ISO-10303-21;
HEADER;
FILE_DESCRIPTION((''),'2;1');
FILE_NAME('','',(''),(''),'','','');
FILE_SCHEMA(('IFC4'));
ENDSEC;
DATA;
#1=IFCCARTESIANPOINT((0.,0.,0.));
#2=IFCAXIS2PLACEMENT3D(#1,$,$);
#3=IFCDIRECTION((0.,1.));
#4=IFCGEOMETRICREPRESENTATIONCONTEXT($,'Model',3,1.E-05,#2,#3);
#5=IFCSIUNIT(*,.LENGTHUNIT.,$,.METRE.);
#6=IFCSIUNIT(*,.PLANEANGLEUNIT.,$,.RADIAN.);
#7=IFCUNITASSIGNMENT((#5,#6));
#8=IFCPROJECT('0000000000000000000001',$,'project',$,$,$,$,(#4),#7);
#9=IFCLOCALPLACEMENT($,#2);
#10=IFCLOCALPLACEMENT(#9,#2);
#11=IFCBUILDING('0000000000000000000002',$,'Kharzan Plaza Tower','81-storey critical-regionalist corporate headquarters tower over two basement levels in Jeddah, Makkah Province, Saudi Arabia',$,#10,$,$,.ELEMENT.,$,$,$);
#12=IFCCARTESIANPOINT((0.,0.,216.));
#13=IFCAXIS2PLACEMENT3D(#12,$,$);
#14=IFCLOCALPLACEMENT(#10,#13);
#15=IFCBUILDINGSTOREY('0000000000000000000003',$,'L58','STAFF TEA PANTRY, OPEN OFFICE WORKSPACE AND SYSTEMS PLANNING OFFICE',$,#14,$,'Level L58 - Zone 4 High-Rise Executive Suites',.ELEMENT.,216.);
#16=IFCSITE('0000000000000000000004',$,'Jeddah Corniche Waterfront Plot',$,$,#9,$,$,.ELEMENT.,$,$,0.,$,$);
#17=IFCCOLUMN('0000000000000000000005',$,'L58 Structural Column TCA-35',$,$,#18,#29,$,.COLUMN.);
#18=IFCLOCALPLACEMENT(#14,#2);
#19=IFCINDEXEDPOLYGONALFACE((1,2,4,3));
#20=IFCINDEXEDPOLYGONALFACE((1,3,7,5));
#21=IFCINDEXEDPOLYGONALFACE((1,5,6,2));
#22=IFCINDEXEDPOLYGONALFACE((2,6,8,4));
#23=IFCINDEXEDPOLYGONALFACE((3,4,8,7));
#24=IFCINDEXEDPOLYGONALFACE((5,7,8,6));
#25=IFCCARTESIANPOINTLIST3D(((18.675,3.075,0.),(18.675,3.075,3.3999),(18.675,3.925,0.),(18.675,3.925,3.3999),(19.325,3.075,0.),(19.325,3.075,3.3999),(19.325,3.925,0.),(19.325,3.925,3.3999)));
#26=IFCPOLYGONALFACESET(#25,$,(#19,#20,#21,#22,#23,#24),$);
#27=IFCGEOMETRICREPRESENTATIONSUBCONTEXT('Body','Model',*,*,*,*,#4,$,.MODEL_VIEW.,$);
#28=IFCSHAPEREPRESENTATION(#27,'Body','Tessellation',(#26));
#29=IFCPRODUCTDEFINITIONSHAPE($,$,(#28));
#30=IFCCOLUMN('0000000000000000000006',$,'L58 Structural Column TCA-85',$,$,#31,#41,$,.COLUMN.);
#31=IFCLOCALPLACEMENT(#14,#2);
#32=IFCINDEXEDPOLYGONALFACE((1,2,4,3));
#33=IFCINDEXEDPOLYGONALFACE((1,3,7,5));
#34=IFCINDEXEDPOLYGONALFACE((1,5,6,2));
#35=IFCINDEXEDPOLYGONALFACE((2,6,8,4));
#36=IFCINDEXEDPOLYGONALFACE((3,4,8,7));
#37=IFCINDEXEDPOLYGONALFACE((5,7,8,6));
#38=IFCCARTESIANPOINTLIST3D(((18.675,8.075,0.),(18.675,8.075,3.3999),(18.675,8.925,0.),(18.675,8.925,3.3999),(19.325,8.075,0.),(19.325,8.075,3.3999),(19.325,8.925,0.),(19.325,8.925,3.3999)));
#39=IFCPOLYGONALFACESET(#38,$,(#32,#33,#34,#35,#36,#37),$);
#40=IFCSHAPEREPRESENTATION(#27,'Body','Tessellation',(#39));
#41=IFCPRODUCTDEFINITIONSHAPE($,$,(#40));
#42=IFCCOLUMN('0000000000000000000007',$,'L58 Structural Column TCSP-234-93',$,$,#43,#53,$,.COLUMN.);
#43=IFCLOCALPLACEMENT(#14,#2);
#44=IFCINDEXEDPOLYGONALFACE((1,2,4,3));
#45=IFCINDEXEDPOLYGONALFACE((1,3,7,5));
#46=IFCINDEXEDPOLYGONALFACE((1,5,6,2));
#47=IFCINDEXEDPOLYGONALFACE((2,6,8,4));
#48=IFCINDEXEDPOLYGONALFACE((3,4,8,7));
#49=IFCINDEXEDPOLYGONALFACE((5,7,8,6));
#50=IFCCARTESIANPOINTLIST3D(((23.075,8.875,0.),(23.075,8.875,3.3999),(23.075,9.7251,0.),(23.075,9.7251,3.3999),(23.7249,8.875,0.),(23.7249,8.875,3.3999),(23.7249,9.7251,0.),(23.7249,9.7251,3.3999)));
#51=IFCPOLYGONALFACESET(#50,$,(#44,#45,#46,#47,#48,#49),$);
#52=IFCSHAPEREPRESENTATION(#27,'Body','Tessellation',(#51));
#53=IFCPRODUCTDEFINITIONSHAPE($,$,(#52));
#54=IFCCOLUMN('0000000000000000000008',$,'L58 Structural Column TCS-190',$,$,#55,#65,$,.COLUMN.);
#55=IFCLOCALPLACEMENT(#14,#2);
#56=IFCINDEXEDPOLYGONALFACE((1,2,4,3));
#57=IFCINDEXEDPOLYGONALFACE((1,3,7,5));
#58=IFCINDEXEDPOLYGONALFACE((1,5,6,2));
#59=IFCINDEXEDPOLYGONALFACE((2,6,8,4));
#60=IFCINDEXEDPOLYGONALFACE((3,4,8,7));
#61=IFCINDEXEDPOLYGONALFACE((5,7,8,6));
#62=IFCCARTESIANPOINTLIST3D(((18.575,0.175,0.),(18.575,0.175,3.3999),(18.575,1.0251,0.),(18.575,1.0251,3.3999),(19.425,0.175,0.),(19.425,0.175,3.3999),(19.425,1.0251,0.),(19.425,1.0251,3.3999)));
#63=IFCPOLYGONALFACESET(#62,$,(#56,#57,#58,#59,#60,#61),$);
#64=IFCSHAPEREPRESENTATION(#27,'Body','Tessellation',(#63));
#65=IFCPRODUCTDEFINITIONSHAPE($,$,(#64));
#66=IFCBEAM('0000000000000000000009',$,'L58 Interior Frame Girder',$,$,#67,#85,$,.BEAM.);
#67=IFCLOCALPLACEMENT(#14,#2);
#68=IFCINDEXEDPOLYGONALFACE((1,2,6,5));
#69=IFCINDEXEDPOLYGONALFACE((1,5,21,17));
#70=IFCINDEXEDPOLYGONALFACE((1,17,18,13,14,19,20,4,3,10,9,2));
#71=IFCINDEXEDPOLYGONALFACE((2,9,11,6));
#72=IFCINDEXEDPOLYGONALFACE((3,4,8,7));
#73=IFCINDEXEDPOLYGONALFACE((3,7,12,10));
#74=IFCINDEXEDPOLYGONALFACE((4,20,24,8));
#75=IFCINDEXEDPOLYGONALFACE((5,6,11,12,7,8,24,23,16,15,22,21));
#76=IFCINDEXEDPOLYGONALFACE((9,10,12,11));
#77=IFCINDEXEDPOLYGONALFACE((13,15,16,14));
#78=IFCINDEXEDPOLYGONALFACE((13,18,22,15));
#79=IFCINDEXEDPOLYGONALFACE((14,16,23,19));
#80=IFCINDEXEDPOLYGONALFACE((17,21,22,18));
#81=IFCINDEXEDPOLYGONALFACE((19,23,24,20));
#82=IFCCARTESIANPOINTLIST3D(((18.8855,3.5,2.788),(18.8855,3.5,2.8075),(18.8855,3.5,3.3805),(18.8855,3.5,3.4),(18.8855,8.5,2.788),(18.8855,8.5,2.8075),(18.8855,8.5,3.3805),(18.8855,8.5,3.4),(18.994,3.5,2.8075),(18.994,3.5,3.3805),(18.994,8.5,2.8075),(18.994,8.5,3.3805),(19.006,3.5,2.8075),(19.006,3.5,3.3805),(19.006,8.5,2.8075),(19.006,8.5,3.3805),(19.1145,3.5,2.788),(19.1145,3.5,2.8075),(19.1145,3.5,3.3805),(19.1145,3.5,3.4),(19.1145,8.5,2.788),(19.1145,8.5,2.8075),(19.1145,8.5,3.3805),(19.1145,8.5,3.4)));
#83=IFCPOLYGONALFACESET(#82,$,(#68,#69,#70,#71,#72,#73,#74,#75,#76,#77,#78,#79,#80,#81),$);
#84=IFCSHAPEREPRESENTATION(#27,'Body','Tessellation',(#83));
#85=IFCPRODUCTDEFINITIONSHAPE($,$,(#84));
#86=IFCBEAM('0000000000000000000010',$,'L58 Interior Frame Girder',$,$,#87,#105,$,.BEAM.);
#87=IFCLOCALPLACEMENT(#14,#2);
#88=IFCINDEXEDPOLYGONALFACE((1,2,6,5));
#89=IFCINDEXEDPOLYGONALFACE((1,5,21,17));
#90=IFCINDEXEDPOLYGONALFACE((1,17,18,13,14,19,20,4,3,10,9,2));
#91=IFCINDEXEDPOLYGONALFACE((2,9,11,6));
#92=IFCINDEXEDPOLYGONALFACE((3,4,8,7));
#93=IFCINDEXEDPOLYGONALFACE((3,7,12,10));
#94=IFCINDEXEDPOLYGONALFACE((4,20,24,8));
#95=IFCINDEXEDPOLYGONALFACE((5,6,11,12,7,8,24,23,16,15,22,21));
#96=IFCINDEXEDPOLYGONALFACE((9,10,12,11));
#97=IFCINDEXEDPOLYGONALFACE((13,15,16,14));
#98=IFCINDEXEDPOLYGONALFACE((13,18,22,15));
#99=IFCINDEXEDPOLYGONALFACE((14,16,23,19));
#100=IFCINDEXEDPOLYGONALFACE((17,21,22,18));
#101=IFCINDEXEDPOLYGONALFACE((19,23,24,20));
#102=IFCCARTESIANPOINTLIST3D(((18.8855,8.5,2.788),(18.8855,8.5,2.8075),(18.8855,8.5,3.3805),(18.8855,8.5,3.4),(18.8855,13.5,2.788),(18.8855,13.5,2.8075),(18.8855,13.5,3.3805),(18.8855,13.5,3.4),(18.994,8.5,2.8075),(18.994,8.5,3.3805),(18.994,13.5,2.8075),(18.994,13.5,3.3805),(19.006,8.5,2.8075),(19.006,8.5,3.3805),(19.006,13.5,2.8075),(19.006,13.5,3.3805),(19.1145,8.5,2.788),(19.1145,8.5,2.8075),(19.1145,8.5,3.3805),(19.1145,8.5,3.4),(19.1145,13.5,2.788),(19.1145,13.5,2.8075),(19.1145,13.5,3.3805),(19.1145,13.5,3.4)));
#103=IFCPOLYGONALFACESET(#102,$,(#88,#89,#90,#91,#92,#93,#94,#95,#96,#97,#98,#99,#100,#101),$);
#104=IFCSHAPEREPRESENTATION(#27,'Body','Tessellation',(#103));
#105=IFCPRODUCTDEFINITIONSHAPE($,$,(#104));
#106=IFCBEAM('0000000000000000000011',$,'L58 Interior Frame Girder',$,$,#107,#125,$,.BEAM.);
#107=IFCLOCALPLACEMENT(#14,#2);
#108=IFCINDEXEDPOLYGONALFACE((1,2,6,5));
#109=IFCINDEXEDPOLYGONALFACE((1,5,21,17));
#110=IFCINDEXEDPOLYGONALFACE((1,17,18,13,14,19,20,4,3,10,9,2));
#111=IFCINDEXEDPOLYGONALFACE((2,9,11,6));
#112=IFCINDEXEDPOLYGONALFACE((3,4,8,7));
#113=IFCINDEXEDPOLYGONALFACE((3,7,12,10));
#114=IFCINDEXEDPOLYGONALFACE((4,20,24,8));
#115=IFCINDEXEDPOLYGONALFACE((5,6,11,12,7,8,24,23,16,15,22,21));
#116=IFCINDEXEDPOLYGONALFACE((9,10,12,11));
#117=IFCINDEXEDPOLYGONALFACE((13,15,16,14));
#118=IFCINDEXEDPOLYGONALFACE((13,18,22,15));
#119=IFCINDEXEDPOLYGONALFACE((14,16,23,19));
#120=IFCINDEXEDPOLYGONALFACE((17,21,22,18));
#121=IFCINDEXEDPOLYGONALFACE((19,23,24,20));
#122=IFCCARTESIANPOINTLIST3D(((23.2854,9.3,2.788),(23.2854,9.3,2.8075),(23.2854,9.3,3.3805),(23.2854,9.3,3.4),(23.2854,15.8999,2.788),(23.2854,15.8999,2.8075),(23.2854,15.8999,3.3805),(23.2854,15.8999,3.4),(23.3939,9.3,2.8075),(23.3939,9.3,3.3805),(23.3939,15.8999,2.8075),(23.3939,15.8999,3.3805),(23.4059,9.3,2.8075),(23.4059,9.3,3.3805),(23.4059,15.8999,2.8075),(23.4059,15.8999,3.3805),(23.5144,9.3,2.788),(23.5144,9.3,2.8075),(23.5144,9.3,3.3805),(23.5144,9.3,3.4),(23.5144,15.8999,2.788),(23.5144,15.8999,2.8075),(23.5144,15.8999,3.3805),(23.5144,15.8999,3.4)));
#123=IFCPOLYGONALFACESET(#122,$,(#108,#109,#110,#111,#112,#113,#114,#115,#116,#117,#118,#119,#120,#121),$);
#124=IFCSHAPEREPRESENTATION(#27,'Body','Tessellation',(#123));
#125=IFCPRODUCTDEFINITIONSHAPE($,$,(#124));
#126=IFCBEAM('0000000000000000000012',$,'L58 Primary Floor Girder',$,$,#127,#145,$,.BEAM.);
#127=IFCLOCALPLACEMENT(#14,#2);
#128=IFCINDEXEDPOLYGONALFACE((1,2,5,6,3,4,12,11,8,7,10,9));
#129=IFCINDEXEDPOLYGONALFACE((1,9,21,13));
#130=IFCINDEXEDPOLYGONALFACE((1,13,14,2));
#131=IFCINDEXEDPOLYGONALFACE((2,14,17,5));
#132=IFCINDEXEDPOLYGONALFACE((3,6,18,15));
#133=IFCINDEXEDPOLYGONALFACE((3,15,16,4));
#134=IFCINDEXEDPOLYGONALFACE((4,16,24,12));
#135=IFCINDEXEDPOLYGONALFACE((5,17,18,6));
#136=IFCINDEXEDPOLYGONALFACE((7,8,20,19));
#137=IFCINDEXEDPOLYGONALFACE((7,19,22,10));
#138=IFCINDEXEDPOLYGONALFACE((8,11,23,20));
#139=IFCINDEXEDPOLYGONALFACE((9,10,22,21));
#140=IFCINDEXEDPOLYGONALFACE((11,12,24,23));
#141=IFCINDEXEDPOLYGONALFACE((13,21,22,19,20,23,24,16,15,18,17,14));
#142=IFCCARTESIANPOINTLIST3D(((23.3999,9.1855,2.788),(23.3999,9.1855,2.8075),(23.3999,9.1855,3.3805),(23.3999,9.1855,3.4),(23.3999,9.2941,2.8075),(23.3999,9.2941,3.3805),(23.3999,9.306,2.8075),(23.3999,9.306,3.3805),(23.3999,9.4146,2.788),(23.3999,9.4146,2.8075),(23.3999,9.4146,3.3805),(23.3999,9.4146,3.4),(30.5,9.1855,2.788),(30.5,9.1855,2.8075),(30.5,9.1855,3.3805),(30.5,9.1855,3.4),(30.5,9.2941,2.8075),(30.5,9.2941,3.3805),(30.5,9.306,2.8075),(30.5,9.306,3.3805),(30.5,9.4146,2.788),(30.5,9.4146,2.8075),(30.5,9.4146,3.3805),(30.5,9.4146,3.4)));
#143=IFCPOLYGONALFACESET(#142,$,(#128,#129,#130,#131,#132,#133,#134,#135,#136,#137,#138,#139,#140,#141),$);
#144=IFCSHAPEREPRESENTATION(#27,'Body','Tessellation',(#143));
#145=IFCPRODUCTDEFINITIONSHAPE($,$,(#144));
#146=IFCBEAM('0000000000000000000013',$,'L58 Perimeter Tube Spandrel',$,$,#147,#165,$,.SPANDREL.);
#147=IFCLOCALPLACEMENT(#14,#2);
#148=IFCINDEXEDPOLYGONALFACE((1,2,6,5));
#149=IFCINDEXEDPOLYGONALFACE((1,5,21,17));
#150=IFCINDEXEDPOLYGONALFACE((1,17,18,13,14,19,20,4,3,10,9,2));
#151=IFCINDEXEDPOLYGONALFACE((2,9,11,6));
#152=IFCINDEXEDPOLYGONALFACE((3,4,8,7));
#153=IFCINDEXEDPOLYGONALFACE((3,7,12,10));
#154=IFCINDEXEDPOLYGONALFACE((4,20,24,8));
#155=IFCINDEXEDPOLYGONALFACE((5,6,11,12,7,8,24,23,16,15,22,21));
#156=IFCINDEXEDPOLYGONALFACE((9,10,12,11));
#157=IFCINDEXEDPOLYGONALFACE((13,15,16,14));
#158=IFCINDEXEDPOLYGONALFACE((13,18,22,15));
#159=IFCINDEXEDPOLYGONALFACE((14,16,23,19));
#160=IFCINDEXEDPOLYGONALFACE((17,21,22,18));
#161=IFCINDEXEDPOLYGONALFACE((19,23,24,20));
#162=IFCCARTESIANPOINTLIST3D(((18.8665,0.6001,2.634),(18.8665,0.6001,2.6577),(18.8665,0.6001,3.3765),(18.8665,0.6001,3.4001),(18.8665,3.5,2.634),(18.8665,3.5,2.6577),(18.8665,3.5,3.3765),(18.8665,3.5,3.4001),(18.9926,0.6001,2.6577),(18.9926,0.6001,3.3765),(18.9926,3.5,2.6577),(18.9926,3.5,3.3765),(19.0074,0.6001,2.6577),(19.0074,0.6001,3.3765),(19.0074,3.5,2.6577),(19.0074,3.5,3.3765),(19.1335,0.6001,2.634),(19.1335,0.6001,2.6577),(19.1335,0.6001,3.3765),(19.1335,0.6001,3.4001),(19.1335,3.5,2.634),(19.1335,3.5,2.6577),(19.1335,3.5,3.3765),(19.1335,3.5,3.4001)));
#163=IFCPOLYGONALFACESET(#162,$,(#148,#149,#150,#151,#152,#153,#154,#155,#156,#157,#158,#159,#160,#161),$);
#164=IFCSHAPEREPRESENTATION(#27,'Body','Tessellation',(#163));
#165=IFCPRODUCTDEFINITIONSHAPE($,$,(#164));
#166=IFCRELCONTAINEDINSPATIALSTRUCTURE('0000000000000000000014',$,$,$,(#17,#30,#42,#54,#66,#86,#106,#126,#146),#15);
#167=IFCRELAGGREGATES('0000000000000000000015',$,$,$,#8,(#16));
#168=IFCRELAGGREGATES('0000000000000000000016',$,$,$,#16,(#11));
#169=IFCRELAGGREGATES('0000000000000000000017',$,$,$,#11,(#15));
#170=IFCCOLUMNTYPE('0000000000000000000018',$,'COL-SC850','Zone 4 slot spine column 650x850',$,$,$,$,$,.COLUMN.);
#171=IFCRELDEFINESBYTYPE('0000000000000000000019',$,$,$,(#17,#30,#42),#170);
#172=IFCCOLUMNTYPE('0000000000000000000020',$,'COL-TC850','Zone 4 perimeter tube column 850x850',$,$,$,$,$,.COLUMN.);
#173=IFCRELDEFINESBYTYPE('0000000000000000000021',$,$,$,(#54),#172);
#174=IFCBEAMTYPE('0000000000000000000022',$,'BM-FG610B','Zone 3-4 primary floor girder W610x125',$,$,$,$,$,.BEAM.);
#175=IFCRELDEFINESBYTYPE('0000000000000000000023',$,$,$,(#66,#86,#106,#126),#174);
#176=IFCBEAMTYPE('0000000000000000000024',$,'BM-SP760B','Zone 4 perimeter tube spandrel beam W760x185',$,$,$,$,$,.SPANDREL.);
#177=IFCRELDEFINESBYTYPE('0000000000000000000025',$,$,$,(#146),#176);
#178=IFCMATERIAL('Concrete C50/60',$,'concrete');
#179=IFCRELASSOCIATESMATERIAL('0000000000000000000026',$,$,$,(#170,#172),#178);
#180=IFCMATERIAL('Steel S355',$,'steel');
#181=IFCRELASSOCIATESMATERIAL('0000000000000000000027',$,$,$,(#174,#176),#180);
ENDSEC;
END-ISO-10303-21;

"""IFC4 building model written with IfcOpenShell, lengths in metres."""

from ifc_helpers import new_model, si_unit, direction, frame, origin, origin_2d, place, context, subcontext, project, spatial, rectangle, i_section, extrude, source, transform, mapped, material, material_profile, profile_set, type_object, element, save


model = new_model("IFC4")

# Units and contexts
model_context = context("Model", 3, precision=1e-05, world=origin(), true_north=direction((0.0, 1.0)))
body_context = subcontext(model_context, "Body", "Model", "MODEL_VIEW")
ifc_project = project(units=[si_unit("LENGTHUNIT", "METRE"), si_unit("PLANEANGLEUNIT", "RADIAN")], contexts=[model_context])

# Site, building, storey
site_placement = place(None, origin())
site = spatial("IfcSite", under=ifc_project, at=site_placement, Name="Jeddah Corniche Waterfront Plot", CompositionType="ELEMENT", RefElevation=0.0)
building_placement = place(site_placement, origin())
building = spatial("IfcBuilding", under=site, at=building_placement, Name="Kharzan Plaza Tower", Description="81-storey critical-regionalist corporate headquarters tower over two basement levels in Jeddah, Makkah Province, Saudi Arabia", CompositionType="ELEMENT")
storey_placement = place(building_placement, frame((0.0, 0.0, 216.0)))
storey = spatial("IfcBuildingStorey", under=building, at=storey_placement, Name="L58", Description="STAFF TEA PANTRY, OPEN OFFICE WORKSPACE AND SYSTEMS PLANNING OFFICE", LongName="Level L58 - Zone 4 High-Rise Executive Suites", CompositionType="ELEMENT", Elevation=216.0)

# Columns
ifc_material_1 = material(Name="Concrete C50/60", Category="concrete")
ifc_material_profile_1 = material_profile(ifc_material_1, rectangle(XDim=0.6499, YDim=0.8501, at=origin_2d()), Name="RC-SC850x650")
ifc_profile_set_1 = profile_set([ifc_material_profile_1], Name="Concrete C50/60")
column_type_1 = type_object("IfcColumnType", Name="COL-SC850", Description="Zone 4 slot spine column 650x850", PredefinedType="COLUMN", material=ifc_profile_set_1)
shared_shape_1 = source(origin(), body_context, "Body", "SweptSolid", [
    extrude(rectangle(XDim=0.6499, YDim=0.8501, at=origin_2d()), origin(), (0.0, 0.0, 1.0), 3.3999),
])
for number, where, z_axis, x_axis, name in (
    (1, (19.0, 3.5, 0.0), (0.0, 0.0, 1.0), (1.0, 0.0, 0.0), "L58 Structural Column TCA-35"),
    (2, (19.0, 8.5, 0.0), (0.0, 0.0, 1.0), (1.0, 0.0, 0.0), "L58 Structural Column TCA-85"),
    (3, (23.3999, 9.3, 0.0), (0.0, 0.0, 1.0), (1.0, 0.0, 0.0), "L58 Structural Column TCSP-234-93"),
):
    element("IfcColumn", number, at=place(storey_placement, frame(where, z_axis=z_axis, x_axis=x_axis)), inside=storey, type_object=column_type_1, Name=name, PredefinedType="COLUMN", context=body_context, shape_type="MappedRepresentation", body=[
        mapped(shared_shape_1, transform((0.0, 0.0, 0.0), x_axis=(1.0, 0.0, 0.0), y_axis=(0.0, 1.0, 0.0), z_axis=(0.0, 0.0, 1.0))),
    ])
ifc_material_profile_2 = material_profile(ifc_material_1, rectangle(XDim=0.8501, YDim=0.8501, at=origin_2d()), Name="RC-TC850x850")
ifc_profile_set_2 = profile_set([ifc_material_profile_2], Name="Concrete C50/60")
column_type_2 = type_object("IfcColumnType", Name="COL-TC850", Description="Zone 4 perimeter tube column 850x850", PredefinedType="COLUMN", material=ifc_profile_set_2)
shared_shape_2 = source(origin(), body_context, "Body", "SweptSolid", [
    extrude(rectangle(XDim=0.8501, YDim=0.8501, at=origin_2d()), origin(), (0.0, 0.0, 1.0), 3.3999),
])
column_placement = place(storey_placement, frame((19.0, 0.6001, 0.0), z_axis=(0.0, 0.0, 1.0), x_axis=(1.0, 0.0, 0.0)))
element("IfcColumn", 4, at=column_placement, inside=storey, type_object=column_type_2, Name="L58 Structural Column TCS-190", PredefinedType="COLUMN", context=body_context, shape_type="MappedRepresentation", body=[
    mapped(shared_shape_2, transform((0.0, 0.0, 0.0), x_axis=(1.0, 0.0, 0.0), y_axis=(0.0, 1.0, 0.0), z_axis=(0.0, 0.0, 1.0))),
])

# Beams
ifc_material_2 = material(Name="Steel S355", Category="steel")
ifc_material_profile_3 = material_profile(ifc_material_2, i_section(OverallWidth=0.229, OverallDepth=0.6121, WebThickness=0.012, FlangeThickness=0.0195, at=origin_2d()), Name="W610x125")
ifc_profile_set_3 = profile_set([ifc_material_profile_3], Name="Steel S355")
beam_type_1 = type_object("IfcBeamType", Name="BM-FG610B", Description="Zone 3-4 primary floor girder W610x125", PredefinedType="BEAM", material=ifc_profile_set_3)
shared_shape_3 = source(origin(), body_context, "Body", "SweptSolid", [
    extrude(i_section(OverallWidth=0.229, OverallDepth=0.6121, WebThickness=0.012, FlangeThickness=0.0195, at=origin_2d()), origin(), (0.0, 0.0, 1.0), 5.0),
])
for number, where, z_axis, x_axis, name in (
    (5, (19.0, 3.5, 3.094), (0.0, 1.0, 0.0), (-1.0, 0.0, 0.0), "L58 Interior Frame Girder"),
    (6, (19.0, 8.5, 3.094), (0.0, 1.0, 0.0), (-1.0, 0.0, 0.0), "L58 Interior Frame Girder"),
):
    element("IfcBeam", number, at=place(storey_placement, frame(where, z_axis=z_axis, x_axis=x_axis)), inside=storey, type_object=beam_type_1, Name=name, PredefinedType="BEAM", context=body_context, shape_type="MappedRepresentation", body=[
        mapped(shared_shape_3, transform((0.0, 0.0, 0.0), x_axis=(1.0, 0.0, 0.0), y_axis=(0.0, 1.0, 0.0), z_axis=(0.0, 0.0, 1.0))),
    ])
shared_shape_4 = source(origin(), body_context, "Body", "SweptSolid", [
    extrude(i_section(OverallWidth=0.229, OverallDepth=0.6121, WebThickness=0.012, FlangeThickness=0.0195, at=origin_2d()), origin(), (0.0, 0.0, 1.0), 6.5999),
])
beam_1_placement = place(storey_placement, frame((23.3999, 9.3, 3.094), z_axis=(0.0, 1.0, 0.0), x_axis=(-1.0, 0.0, 0.0)))
element("IfcBeam", 7, at=beam_1_placement, inside=storey, type_object=beam_type_1, Name="L58 Interior Frame Girder", PredefinedType="BEAM", context=body_context, shape_type="MappedRepresentation", body=[
    mapped(shared_shape_4, transform((0.0, 0.0, 0.0), x_axis=(1.0, 0.0, 0.0), y_axis=(0.0, 1.0, 0.0), z_axis=(0.0, 0.0, 1.0))),
])
shared_shape_5 = source(origin(), body_context, "Body", "SweptSolid", [
    extrude(i_section(OverallWidth=0.229, OverallDepth=0.6121, WebThickness=0.012, FlangeThickness=0.0195, at=origin_2d()), origin(), (0.0, 0.0, 1.0), 7.1001),
])
beam_2_placement = place(storey_placement, frame((23.3999, 9.3, 3.094), z_axis=(1.0, 0.0, 0.0), x_axis=(0.0, 1.0, 0.0)))
element("IfcBeam", 8, at=beam_2_placement, inside=storey, type_object=beam_type_1, Name="L58 Primary Floor Girder", PredefinedType="BEAM", context=body_context, shape_type="MappedRepresentation", body=[
    mapped(shared_shape_5, transform((0.0, 0.0, 0.0), x_axis=(1.0, 0.0, 0.0), y_axis=(0.0, 1.0, 0.0), z_axis=(0.0, 0.0, 1.0))),
])
ifc_material_profile_4 = material_profile(ifc_material_2, i_section(OverallWidth=0.2671, OverallDepth=0.7661, WebThickness=0.0149, FlangeThickness=0.0237, at=origin_2d()), Name="W760x185")
ifc_profile_set_4 = profile_set([ifc_material_profile_4], Name="Steel S355")
beam_type_2 = type_object("IfcBeamType", Name="BM-SP760B", Description="Zone 4 perimeter tube spandrel beam W760x185", PredefinedType="SPANDREL", material=ifc_profile_set_4)
shared_shape_6 = source(origin(), body_context, "Body", "SweptSolid", [
    extrude(i_section(OverallWidth=0.2671, OverallDepth=0.7661, WebThickness=0.0149, FlangeThickness=0.0237, at=origin_2d()), origin(), (0.0, 0.0, 1.0), 2.8999),
])
beam_3_placement = place(storey_placement, frame((19.0, 0.6001, 3.0171), z_axis=(0.0, 1.0, 0.0), x_axis=(-1.0, 0.0, 0.0)))
element("IfcBeam", 9, at=beam_3_placement, inside=storey, type_object=beam_type_2, Name="L58 Perimeter Tube Spandrel", PredefinedType="SPANDREL", context=body_context, shape_type="MappedRepresentation", body=[
    mapped(shared_shape_6, transform((0.0, 0.0, 0.0), x_axis=(1.0, 0.0, 0.0), y_axis=(0.0, 1.0, 0.0), z_axis=(0.0, 0.0, 1.0))),
])

save(model, "model.ifc")
